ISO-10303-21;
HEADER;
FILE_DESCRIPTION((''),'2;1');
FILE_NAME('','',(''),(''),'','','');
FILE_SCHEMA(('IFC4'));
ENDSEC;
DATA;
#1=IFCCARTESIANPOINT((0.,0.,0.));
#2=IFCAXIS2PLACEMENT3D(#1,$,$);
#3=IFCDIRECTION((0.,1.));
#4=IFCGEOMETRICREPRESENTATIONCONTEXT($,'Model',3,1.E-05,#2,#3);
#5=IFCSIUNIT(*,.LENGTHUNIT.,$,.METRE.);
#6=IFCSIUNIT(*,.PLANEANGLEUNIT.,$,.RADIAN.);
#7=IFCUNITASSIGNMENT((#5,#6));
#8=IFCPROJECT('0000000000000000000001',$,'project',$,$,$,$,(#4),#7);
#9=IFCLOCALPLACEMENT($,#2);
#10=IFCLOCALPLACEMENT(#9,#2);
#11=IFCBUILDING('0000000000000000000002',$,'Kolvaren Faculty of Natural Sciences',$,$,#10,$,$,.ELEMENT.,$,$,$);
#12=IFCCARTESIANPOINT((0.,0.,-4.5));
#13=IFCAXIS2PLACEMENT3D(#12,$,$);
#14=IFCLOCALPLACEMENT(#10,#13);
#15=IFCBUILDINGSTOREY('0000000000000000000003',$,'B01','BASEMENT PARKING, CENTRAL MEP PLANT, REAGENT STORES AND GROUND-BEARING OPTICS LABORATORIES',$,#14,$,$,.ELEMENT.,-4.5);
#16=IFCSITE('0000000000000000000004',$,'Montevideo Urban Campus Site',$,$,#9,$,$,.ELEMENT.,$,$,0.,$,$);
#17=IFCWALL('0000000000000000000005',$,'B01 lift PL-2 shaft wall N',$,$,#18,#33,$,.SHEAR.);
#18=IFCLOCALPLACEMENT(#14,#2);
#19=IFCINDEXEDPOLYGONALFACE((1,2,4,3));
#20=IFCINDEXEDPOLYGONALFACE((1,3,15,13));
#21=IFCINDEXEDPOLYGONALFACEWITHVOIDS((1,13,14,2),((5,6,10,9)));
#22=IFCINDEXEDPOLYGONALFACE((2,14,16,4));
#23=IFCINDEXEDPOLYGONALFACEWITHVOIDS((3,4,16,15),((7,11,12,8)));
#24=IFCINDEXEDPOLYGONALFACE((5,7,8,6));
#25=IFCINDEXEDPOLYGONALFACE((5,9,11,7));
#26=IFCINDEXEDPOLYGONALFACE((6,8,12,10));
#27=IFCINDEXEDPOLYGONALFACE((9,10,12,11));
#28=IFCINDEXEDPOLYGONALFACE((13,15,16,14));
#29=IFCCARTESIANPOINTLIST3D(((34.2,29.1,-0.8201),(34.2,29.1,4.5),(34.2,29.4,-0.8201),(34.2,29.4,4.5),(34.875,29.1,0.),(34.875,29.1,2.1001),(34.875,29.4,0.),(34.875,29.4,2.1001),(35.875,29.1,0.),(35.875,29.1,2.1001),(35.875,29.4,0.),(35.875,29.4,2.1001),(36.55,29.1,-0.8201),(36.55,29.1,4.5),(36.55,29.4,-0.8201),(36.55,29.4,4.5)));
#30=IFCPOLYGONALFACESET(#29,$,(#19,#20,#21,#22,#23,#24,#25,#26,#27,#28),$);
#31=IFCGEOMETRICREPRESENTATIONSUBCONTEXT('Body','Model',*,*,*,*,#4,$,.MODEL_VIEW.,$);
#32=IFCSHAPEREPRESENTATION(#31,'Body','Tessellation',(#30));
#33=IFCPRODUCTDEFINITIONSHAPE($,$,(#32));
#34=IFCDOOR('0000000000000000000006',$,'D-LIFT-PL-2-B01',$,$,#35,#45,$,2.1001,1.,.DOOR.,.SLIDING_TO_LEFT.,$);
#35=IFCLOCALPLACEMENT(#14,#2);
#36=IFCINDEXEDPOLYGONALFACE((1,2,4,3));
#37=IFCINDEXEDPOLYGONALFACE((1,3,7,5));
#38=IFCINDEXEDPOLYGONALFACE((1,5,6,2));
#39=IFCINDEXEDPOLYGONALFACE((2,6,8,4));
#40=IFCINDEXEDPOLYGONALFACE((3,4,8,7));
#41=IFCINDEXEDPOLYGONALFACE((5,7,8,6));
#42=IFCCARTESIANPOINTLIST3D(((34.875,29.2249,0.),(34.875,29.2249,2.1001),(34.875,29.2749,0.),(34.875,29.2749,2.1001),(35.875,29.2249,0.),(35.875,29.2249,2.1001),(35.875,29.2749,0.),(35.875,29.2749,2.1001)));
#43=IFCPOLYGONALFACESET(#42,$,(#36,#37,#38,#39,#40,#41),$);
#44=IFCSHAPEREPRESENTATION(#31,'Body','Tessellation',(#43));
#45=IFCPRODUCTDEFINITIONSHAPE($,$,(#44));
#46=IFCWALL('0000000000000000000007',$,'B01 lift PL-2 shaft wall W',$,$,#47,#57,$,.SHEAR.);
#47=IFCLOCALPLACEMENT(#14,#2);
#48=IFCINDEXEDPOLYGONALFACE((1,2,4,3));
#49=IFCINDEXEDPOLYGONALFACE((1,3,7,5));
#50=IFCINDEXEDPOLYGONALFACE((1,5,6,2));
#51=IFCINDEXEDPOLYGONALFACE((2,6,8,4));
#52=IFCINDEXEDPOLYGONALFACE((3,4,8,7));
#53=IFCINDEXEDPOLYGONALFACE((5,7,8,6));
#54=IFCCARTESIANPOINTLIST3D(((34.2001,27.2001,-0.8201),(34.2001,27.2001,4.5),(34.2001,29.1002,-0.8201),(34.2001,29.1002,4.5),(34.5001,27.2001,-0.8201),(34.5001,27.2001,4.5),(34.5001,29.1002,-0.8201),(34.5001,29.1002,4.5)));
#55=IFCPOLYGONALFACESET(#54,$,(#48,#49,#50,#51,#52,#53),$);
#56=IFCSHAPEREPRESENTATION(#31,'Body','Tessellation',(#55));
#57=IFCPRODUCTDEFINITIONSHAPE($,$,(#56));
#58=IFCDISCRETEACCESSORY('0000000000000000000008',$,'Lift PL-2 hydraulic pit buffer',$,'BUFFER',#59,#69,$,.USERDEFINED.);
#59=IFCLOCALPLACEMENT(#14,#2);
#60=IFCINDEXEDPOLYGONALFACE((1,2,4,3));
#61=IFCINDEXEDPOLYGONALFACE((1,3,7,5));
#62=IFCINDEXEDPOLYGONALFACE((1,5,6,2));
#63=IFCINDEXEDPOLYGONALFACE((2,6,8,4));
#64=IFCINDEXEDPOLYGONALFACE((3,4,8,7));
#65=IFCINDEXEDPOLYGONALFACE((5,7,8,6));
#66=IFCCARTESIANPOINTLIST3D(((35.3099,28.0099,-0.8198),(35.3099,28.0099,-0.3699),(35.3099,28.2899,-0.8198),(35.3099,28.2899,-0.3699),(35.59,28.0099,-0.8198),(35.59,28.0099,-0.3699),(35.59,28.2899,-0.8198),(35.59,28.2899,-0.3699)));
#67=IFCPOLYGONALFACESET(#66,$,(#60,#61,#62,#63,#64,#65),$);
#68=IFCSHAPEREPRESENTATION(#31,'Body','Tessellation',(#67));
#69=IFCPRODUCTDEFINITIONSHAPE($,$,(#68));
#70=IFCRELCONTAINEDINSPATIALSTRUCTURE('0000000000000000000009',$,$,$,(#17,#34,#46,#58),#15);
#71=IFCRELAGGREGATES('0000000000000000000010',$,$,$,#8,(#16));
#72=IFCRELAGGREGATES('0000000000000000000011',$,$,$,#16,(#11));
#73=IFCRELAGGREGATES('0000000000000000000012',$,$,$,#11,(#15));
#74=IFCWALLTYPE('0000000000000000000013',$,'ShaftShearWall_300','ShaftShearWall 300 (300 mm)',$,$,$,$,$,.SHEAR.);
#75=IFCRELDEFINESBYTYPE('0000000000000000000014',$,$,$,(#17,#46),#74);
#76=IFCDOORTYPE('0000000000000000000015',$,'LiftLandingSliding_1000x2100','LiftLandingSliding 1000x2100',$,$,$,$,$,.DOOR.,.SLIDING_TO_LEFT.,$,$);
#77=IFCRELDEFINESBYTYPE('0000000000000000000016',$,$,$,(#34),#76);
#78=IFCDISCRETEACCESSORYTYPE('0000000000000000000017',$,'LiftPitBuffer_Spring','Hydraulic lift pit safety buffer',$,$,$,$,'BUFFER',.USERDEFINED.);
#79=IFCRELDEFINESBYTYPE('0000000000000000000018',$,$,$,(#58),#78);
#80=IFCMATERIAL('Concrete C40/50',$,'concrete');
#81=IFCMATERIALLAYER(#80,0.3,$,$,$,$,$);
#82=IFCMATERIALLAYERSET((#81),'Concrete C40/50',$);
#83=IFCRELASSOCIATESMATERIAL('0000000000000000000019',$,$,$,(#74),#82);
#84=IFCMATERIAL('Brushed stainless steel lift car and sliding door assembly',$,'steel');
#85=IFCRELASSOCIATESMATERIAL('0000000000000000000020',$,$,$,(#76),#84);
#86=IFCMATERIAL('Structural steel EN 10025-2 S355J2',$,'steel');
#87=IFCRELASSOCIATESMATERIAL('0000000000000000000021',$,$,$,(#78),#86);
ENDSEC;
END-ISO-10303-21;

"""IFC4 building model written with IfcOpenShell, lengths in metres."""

from ifc_helpers import new_model, si_unit, direction, frame, frame_2d, origin, origin_2d, place, context, subcontext, project, spatial, rectangle, extrude, material, layer, layer_set, type_object, element, fill, save


model = new_model("IFC4")

# Units and contexts
model_context = context("Model", 3, precision=1e-05, world=origin(), true_north=direction((0.0, 1.0)))
body_context = subcontext(model_context, "Body", "Model", "MODEL_VIEW")
ifc_project = project(units=[si_unit("LENGTHUNIT", "METRE"), si_unit("PLANEANGLEUNIT", "RADIAN")], contexts=[model_context])

# Site, building, storey
site_placement = place(None, origin())
site = spatial("IfcSite", under=ifc_project, at=site_placement, Name="Montevideo Urban Campus Site", CompositionType="ELEMENT", RefElevation=0.0)
building_placement = place(site_placement, origin())
building = spatial("IfcBuilding", under=site, at=building_placement, Name="Kolvaren Faculty of Natural Sciences", CompositionType="ELEMENT")
storey_placement = place(building_placement, frame((0.0, 0.0, -4.5)))
storey = spatial("IfcBuildingStorey", under=building, at=storey_placement, Name="B01", Description="BASEMENT PARKING, CENTRAL MEP PLANT, REAGENT STORES AND GROUND-BEARING OPTICS LABORATORIES", CompositionType="ELEMENT", Elevation=-4.5)

# Shared definitions
ifc_material_1 = material(Name="Concrete C40/50", Category="concrete")

# Shared definitions
ifc_material_2 = material(Name="Structural steel EN 10025-2 S355J2", Category="steel")

# Shared definitions
ifc_layer_1 = layer(ifc_material_1, 0.3)
ifc_layer_set_1 = layer_set([ifc_layer_1], Name="Concrete C40/50")
wall_type_1 = type_object("IfcWallType", Name="ShaftShearWall_300", Description="ShaftShearWall 300 (300 mm)", PredefinedType="SHEAR", material=ifc_layer_set_1)

# Wall, opening, door
wall_1_placement = place(storey_placement, frame((34.2, 29.25, -0.8201), z_axis=(0.0, 0.0, 1.0), x_axis=(1.0, 0.0, 0.0)))
wall_1 = element("IfcWall", 1, at=wall_1_placement, inside=storey, type_object=wall_type_1, Name="B01 lift PL-2 shaft wall N", PredefinedType="SHEAR", context=body_context, shape_type="SweptSolid", body=[
    extrude(rectangle(XDim=2.3501, YDim=0.3, at=frame_2d((1.175, 0.0))), origin(), (0.0, 0.0, 1.0), 5.3201),
])
opening_placement = place(wall_1_placement, frame((0.675, 0.0, 0.8201)))
opening = element("IfcOpeningElement", 2, at=opening_placement, cuts=wall_1, PredefinedType="OPENING", context=body_context, shape_type="SweptSolid", body=[
    extrude(rectangle(XDim=1.0, YDim=2.1001, at=frame_2d((0.5, 1.05))), frame((0.0, 0.1599, 0.0), z_axis=(0.0, -1.0, 0.0), x_axis=(1.0, 0.0, 0.0)), (0.0, 0.0, 1.0), 0.3201),
])
ifc_material_3 = material(Name="Brushed stainless steel lift car and sliding door assembly", Category="steel")
door_type = type_object("IfcDoorType", Name="LiftLandingSliding_1000x2100", Description="LiftLandingSliding 1000x2100", OperationType="SLIDING_TO_LEFT", PredefinedType="DOOR", material=ifc_material_3)
door_placement = place(opening_placement, origin())
door = element("IfcDoor", 3, at=door_placement, inside=storey, type_object=door_type, Name="D-LIFT-PL-2-B01", OperationType="SLIDING_TO_LEFT", OverallHeight=2.1001, OverallWidth=1.0, PredefinedType="DOOR", context=body_context, shape_type="SweptSolid", body=[
    extrude(rectangle(XDim=1.0, YDim=2.1001, at=frame_2d((0.5, 1.05))), frame((0.0, 0.0249, 0.0), z_axis=(0.0, -1.0, 0.0), x_axis=(1.0, 0.0, 0.0)), (0.0, 0.0, 1.0), 0.05),
])
fill(opening, door)

# Wall
wall_2_placement = place(storey_placement, frame((34.3501, 27.2, -0.8201), z_axis=(0.0, 0.0, 1.0), x_axis=(0.0, 1.0, 0.0)))
element("IfcWall", 4, at=wall_2_placement, inside=storey, type_object=wall_type_1, Name="B01 lift PL-2 shaft wall W", PredefinedType="SHEAR", context=body_context, shape_type="SweptSolid", body=[
    extrude(rectangle(XDim=1.9001, YDim=0.3, at=frame_2d((0.9502, 0.0))), origin(), (0.0, 0.0, 1.0), 5.3201),
])

# Discrete accessory
discrete_accessory_type = type_object("IfcDiscreteAccessoryType", Name="LiftPitBuffer_Spring", Description="Hydraulic lift pit safety buffer", ElementType="BUFFER", PredefinedType="USERDEFINED", material=ifc_material_2)
discrete_accessory_placement = place(storey_placement, frame((35.45, 28.1499, -0.8198), z_axis=(0.0, 0.0, 1.0), x_axis=(1.0, 0.0, 0.0)))
element("IfcDiscreteAccessory", 5, at=discrete_accessory_placement, inside=storey, type_object=discrete_accessory_type, Name="Lift PL-2 hydraulic pit buffer", ObjectType="BUFFER", PredefinedType="USERDEFINED", context=body_context, shape_type="SweptSolid", body=[
    extrude(rectangle(XDim=0.28, YDim=0.28, at=origin_2d()), origin(), (0.0, 0.0, 1.0), 0.45),
])

save(model, "model.ifc")
